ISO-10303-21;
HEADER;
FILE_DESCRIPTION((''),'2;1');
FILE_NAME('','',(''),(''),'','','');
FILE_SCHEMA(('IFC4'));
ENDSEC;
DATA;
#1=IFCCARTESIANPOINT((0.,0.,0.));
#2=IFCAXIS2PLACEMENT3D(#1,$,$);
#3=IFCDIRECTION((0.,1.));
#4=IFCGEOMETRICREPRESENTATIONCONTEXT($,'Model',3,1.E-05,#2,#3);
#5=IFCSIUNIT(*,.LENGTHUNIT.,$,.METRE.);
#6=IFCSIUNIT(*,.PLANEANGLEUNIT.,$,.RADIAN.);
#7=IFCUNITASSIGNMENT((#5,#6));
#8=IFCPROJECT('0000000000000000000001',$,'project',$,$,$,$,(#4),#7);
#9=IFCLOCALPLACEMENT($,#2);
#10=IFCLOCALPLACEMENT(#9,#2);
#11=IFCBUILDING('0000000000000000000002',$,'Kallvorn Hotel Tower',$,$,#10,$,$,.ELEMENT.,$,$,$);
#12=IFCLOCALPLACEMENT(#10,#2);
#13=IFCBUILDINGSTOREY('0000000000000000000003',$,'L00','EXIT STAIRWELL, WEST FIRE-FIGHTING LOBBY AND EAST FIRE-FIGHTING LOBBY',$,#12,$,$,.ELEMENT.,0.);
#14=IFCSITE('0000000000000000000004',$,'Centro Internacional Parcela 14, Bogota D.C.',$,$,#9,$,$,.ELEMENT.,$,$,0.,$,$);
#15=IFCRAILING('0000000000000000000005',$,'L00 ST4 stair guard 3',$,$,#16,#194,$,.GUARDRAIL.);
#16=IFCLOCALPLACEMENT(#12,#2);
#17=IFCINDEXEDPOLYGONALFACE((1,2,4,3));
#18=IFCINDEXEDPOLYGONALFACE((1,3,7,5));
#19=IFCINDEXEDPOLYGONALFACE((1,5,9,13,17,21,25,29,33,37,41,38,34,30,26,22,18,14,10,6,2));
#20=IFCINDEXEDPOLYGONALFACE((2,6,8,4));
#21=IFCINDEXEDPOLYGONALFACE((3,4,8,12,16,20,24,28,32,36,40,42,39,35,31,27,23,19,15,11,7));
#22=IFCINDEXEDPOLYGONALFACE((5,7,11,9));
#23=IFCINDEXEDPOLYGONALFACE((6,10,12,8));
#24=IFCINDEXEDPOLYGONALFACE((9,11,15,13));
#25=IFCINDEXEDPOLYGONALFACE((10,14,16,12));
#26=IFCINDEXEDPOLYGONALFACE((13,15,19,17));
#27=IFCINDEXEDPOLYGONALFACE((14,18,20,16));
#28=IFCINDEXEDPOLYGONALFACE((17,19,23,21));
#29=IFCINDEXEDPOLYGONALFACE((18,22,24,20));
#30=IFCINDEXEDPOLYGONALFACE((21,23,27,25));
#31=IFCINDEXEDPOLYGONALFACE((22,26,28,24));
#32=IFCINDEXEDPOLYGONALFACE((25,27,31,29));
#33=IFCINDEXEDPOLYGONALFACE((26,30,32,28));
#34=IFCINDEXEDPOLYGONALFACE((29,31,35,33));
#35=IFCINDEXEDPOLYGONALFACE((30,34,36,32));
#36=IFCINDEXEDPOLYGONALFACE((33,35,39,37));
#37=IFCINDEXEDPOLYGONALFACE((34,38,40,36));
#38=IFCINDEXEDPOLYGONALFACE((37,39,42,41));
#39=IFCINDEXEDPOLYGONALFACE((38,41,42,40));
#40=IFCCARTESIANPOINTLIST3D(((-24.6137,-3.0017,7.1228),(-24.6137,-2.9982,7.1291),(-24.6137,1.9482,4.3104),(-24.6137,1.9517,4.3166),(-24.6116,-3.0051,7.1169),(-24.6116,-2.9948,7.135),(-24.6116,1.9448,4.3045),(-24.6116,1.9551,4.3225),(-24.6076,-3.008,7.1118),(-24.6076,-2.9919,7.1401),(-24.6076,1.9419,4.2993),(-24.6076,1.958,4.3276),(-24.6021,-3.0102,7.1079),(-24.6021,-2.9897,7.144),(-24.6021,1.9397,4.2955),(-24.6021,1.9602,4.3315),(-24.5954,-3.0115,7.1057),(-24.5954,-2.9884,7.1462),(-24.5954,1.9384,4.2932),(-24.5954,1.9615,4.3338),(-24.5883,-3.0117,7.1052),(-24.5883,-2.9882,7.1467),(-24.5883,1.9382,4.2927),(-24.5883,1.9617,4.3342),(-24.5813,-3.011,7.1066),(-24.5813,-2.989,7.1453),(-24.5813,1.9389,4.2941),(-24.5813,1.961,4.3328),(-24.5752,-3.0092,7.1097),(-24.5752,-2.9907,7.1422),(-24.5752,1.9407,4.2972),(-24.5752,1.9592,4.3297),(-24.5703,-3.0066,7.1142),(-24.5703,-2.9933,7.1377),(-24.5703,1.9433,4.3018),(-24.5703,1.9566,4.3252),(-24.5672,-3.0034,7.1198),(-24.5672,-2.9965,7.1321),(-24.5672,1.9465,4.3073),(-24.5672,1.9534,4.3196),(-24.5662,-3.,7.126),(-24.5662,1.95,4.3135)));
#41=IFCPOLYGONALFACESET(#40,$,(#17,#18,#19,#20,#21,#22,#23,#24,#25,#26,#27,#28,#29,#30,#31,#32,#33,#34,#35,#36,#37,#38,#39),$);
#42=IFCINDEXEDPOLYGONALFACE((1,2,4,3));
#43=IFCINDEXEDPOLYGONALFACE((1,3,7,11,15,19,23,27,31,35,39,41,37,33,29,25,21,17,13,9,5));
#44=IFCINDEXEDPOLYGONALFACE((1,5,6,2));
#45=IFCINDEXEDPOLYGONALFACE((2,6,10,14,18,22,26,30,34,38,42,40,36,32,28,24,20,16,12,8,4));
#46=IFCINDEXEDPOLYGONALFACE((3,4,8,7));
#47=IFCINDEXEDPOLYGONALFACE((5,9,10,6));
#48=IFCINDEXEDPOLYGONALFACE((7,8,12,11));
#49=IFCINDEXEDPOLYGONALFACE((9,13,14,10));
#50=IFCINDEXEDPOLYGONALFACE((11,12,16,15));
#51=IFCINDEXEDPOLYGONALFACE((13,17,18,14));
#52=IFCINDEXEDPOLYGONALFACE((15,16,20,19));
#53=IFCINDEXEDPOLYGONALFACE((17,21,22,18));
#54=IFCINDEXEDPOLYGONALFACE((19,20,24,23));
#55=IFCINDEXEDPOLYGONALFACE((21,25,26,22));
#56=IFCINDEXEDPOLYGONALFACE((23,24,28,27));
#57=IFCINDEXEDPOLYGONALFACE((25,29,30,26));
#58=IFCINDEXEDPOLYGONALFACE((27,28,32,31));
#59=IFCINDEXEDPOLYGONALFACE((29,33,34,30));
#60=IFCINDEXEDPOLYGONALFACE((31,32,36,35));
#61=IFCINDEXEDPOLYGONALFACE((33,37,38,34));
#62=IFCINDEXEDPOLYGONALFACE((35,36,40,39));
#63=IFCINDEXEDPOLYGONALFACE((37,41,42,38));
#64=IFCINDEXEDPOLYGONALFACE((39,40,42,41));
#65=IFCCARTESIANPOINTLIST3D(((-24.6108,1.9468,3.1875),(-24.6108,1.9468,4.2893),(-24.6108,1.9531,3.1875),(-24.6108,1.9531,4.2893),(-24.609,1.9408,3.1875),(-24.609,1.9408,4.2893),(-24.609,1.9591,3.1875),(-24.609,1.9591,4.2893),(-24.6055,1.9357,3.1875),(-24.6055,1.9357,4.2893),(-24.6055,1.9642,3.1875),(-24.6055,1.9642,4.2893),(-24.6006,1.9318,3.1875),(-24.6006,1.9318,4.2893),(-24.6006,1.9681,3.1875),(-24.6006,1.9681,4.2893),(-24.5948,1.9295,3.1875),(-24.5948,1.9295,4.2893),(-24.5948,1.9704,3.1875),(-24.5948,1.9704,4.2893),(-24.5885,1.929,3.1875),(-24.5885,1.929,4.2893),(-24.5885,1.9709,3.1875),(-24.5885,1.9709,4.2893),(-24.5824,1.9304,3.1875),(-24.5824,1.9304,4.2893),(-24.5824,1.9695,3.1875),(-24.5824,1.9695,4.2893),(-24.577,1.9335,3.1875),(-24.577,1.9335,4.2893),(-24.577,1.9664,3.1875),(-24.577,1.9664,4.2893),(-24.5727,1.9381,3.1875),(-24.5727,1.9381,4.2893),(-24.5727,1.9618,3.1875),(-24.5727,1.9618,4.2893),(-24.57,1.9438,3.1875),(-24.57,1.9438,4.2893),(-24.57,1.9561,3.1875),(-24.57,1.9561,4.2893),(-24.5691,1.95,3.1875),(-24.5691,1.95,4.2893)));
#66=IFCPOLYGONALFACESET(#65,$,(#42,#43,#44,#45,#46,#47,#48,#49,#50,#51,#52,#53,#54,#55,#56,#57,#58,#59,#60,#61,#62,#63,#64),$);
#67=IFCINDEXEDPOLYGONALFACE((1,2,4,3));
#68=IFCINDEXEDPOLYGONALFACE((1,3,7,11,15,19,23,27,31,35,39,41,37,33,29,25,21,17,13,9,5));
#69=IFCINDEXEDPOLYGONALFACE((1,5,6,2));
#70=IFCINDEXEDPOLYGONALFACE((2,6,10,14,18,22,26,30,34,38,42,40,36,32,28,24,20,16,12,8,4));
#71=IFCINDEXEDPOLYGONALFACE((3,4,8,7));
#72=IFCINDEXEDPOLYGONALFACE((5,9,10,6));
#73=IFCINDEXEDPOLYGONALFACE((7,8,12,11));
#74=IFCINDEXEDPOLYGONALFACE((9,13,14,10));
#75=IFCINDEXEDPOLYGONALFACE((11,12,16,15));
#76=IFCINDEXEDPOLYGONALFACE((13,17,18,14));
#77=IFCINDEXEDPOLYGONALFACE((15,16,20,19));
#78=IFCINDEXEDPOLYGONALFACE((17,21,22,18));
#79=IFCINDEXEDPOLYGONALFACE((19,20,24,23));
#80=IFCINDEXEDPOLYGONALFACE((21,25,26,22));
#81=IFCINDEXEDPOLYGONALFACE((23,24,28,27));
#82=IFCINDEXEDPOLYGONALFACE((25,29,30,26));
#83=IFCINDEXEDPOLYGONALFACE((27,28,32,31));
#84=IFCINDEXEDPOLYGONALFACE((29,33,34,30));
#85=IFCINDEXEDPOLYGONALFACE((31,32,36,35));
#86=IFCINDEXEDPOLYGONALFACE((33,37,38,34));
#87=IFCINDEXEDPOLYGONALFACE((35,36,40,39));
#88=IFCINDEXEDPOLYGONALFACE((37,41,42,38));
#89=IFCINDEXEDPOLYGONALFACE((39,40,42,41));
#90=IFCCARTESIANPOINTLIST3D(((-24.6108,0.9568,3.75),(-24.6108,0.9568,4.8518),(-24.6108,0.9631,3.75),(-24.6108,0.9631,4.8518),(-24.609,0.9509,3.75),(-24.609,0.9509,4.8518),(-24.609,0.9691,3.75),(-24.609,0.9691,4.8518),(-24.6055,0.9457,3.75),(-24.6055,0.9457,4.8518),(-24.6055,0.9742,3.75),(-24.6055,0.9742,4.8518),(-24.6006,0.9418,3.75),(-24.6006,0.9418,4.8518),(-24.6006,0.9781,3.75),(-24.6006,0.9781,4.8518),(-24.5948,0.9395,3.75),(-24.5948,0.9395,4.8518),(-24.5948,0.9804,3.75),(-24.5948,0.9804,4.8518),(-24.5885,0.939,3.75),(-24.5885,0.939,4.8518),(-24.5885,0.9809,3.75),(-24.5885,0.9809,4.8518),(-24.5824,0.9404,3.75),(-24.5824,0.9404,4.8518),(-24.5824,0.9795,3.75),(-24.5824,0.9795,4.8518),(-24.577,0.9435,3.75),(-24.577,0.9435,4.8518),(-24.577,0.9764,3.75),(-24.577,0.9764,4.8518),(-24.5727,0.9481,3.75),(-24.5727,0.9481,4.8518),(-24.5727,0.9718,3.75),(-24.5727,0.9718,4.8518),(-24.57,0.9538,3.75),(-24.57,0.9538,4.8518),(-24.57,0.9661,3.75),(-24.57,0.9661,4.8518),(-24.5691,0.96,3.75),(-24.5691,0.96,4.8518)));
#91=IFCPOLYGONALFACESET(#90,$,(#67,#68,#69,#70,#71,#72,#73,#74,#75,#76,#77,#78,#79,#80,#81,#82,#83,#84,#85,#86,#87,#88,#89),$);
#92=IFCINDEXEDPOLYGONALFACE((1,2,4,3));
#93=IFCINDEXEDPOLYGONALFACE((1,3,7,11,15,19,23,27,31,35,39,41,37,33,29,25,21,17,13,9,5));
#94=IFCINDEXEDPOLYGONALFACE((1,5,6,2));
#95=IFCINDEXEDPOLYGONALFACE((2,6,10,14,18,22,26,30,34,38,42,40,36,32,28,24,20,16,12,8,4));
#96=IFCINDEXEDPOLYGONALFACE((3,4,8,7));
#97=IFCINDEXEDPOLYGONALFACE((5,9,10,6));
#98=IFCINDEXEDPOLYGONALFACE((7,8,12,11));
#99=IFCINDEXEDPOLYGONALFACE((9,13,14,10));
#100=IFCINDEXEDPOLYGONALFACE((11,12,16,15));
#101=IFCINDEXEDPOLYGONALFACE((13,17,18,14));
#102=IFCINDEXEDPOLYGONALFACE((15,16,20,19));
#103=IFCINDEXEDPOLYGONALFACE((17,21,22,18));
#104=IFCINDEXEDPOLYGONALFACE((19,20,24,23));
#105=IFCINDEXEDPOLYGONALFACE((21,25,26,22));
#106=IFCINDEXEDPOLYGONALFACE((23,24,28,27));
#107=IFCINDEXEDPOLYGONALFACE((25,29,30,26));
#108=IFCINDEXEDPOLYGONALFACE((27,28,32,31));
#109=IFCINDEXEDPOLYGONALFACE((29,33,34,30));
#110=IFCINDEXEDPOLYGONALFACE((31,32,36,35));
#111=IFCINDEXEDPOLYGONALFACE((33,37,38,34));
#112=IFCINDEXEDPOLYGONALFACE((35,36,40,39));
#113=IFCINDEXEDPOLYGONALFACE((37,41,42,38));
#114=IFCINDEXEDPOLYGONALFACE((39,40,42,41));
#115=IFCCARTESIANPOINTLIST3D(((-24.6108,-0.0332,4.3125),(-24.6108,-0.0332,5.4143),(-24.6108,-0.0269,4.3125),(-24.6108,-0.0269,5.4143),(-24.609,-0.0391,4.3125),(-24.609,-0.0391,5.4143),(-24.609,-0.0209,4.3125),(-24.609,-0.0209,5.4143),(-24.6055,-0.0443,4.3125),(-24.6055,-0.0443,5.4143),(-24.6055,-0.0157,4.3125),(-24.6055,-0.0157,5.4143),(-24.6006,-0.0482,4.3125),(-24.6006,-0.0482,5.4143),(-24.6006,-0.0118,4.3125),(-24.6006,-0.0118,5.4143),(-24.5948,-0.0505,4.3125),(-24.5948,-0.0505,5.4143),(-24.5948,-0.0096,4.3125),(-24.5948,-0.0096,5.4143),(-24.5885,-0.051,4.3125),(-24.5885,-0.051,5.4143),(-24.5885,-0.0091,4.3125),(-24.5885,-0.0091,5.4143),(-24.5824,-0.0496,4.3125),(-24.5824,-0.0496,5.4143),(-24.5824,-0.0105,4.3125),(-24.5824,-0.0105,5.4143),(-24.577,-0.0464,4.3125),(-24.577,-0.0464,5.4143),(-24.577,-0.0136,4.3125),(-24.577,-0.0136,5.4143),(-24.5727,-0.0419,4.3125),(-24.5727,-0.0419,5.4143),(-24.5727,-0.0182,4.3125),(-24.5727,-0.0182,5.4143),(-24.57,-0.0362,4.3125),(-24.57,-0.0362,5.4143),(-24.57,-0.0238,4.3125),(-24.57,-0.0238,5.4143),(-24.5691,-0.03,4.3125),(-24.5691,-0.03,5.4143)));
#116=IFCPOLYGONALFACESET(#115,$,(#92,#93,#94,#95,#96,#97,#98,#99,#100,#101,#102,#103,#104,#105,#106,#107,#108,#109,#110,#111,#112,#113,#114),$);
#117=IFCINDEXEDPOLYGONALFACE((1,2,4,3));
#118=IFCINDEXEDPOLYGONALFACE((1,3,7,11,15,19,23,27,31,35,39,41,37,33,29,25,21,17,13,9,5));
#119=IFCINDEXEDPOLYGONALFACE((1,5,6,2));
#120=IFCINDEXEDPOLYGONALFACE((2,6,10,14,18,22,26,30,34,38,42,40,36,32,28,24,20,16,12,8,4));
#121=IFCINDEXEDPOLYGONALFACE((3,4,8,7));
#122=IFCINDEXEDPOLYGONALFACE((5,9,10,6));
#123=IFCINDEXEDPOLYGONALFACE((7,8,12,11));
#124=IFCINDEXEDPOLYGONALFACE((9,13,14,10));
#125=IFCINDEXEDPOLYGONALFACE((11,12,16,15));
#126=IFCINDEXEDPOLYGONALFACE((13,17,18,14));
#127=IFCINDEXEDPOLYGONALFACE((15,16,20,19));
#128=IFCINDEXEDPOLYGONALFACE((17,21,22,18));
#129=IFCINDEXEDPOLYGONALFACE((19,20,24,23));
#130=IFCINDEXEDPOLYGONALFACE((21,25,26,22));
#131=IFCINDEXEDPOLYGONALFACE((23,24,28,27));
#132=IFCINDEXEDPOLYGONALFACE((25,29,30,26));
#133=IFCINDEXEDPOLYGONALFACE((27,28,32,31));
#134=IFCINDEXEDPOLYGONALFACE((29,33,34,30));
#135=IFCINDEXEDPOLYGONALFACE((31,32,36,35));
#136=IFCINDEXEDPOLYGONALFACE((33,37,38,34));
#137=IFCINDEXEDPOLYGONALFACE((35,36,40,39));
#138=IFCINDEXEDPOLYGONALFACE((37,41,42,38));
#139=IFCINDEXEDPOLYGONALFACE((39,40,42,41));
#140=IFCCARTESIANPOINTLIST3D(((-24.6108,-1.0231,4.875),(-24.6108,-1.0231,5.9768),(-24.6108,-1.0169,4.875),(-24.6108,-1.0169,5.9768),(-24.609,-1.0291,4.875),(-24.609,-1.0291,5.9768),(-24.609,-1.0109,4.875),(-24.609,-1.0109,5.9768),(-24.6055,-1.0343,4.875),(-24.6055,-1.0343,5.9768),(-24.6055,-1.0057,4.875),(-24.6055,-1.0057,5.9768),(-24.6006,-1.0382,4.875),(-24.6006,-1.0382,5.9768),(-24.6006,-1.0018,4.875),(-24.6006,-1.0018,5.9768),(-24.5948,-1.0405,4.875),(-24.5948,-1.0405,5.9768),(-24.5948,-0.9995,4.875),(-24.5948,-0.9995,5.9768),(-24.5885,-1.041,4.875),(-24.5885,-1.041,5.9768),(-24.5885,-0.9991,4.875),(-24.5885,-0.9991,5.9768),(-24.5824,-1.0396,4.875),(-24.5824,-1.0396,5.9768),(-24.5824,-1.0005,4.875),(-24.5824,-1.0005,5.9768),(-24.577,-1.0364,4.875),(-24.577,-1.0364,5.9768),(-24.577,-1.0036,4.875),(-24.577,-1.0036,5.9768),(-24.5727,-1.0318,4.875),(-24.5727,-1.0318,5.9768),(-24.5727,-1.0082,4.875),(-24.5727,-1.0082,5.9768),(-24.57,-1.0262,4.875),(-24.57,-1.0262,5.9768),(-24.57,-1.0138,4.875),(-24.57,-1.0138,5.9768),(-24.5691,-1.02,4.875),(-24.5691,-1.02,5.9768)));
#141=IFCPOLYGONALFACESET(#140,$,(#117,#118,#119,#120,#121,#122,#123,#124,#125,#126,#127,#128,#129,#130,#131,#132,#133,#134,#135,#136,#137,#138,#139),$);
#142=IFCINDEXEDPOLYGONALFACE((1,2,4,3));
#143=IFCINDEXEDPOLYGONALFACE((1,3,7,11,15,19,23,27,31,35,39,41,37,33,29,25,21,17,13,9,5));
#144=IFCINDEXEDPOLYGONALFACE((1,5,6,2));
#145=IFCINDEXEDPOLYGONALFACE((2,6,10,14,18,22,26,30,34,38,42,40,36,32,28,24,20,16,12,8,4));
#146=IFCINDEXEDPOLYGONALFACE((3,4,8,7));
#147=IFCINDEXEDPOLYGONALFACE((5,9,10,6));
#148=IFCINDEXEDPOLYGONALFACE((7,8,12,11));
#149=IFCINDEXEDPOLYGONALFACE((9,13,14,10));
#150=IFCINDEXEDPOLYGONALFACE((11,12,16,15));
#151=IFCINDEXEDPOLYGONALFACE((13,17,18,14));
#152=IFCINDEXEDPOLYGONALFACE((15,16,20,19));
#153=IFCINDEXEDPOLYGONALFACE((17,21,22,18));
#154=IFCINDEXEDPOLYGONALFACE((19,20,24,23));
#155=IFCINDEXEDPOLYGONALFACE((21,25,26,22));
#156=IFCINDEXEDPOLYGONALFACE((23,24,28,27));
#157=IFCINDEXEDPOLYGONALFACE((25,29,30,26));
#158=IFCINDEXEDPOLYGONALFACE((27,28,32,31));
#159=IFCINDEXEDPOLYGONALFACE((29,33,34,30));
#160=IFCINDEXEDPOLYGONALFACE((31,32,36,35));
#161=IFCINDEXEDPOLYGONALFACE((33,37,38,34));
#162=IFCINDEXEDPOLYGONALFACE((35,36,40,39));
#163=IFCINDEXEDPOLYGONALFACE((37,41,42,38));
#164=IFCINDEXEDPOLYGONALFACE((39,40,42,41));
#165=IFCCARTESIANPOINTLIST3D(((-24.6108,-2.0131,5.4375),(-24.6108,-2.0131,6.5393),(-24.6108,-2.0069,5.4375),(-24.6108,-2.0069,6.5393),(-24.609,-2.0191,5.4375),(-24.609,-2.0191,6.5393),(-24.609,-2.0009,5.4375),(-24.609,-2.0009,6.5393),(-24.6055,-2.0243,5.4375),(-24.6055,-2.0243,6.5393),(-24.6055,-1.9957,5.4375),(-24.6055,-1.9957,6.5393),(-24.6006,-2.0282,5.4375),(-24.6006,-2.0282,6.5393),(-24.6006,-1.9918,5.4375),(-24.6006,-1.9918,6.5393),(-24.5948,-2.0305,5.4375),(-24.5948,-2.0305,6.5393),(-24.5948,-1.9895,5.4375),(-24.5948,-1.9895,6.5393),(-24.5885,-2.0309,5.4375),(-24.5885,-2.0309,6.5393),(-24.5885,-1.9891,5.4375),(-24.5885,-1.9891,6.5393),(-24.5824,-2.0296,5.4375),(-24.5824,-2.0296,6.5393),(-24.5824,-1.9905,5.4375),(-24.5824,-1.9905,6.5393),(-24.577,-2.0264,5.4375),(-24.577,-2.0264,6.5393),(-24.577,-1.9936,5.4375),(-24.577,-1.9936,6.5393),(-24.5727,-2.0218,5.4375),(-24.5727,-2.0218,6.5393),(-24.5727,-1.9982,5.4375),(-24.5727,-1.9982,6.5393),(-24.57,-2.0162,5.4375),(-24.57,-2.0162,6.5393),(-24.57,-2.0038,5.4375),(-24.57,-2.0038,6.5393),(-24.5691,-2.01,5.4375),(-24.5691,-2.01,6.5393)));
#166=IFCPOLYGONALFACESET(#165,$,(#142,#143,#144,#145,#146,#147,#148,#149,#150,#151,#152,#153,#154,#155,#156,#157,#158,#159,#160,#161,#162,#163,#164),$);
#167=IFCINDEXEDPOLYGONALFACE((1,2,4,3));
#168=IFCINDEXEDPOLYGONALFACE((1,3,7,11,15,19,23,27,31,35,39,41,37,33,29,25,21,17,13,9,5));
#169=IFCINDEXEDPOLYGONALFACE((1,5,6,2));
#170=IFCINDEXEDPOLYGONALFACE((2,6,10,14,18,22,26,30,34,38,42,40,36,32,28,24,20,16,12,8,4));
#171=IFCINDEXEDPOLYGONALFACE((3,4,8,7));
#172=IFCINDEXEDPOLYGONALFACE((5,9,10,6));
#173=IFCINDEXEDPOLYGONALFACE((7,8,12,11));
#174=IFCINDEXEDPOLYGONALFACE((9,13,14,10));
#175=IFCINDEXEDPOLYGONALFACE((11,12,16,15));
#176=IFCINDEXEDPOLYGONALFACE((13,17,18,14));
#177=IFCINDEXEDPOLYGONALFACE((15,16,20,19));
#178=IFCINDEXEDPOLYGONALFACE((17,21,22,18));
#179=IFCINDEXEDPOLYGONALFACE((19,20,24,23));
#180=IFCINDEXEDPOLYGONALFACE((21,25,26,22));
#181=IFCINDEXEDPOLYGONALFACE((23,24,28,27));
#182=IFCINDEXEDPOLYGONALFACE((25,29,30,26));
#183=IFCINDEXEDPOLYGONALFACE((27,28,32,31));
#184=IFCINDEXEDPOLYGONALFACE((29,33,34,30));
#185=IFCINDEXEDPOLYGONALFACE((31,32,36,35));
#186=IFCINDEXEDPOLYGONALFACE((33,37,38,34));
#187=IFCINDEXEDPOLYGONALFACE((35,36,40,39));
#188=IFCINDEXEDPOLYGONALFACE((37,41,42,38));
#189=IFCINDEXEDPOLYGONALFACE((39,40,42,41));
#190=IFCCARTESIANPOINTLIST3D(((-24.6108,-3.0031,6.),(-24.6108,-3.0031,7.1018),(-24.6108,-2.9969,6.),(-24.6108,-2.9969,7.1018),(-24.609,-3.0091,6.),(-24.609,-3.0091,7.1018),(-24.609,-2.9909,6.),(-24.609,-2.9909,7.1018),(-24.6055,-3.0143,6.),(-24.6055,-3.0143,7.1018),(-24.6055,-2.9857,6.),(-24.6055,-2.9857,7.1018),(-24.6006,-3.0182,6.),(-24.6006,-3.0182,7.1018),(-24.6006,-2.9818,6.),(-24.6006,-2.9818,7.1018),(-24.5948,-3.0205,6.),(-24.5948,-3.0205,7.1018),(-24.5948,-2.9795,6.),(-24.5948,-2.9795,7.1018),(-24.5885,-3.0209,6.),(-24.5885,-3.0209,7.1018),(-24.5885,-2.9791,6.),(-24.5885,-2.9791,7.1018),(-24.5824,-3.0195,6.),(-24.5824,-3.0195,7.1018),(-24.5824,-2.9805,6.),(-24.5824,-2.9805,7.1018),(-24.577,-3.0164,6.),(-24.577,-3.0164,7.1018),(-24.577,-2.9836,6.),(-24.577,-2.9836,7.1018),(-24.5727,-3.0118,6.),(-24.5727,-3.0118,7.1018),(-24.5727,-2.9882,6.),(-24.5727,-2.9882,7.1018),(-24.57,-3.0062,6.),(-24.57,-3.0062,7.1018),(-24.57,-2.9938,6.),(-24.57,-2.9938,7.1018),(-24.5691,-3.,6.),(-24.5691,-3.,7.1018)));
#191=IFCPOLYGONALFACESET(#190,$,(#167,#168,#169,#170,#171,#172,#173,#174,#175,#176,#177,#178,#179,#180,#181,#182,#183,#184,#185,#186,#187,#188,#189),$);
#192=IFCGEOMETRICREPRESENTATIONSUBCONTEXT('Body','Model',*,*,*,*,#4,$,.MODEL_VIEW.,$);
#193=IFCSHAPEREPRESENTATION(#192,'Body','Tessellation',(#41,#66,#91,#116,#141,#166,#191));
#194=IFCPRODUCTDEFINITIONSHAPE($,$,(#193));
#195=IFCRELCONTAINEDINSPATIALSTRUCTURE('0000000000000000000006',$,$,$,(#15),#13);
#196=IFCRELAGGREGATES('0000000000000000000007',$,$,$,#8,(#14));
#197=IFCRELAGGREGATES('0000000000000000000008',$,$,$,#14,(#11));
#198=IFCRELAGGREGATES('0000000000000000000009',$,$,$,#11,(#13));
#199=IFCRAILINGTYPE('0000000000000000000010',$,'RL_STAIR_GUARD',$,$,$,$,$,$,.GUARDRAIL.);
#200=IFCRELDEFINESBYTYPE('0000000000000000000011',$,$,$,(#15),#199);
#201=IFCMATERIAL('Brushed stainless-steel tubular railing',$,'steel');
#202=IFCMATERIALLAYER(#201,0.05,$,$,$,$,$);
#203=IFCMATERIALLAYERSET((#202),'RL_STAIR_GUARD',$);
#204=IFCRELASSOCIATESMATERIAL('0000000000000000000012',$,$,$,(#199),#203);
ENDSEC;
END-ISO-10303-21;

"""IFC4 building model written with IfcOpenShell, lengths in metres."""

from ifc_helpers import new_model, si_unit, direction, frame, origin, origin_2d, place, context, subcontext, project, spatial, circle, extrude, material, layer, layer_set, type_object, element, save


model = new_model("IFC4")

# Units and contexts
model_context = context("Model", 3, precision=1e-05, world=origin(), true_north=direction((0.0, 1.0)))
body_context = subcontext(model_context, "Body", "Model", "MODEL_VIEW")
ifc_project = project(units=[si_unit("LENGTHUNIT", "METRE"), si_unit("PLANEANGLEUNIT", "RADIAN")], contexts=[model_context])

# Site, building, storey
site_placement = place(None, origin())
site = spatial("IfcSite", under=ifc_project, at=site_placement, Name="Centro Internacional Parcela 14, Bogota D.C.", CompositionType="ELEMENT", RefElevation=0.0)
building_placement = place(site_placement, origin())
building = spatial("IfcBuilding", under=site, at=building_placement, Name="Kallvorn Hotel Tower", CompositionType="ELEMENT")
storey_placement = place(building_placement, origin())
storey = spatial("IfcBuildingStorey", under=building, at=storey_placement, Name="L00", Description="EXIT STAIRWELL, WEST FIRE-FIGHTING LOBBY AND EAST FIRE-FIGHTING LOBBY", CompositionType="ELEMENT", Elevation=0.0)

# Railing
ifc_material_1 = material(Name="Brushed stainless-steel tubular railing", Category="steel")
ifc_layer_1 = layer(ifc_material_1, 0.05)
ifc_layer_set_1 = layer_set([ifc_layer_1], Name="RL_STAIR_GUARD")
railing_type_1 = type_object("IfcRailingType", Name="RL_STAIR_GUARD", PredefinedType="GUARDRAIL", material=ifc_layer_set_1)
railing_1_placement = place(storey_placement, frame((-24.5901, 1.95, 3.1875)))
element("IfcRailing", 1, at=railing_1_placement, inside=storey, type_object=railing_type_1, Name="L00 ST4 stair guard 3", PredefinedType="GUARDRAIL", context=body_context, shape_type="SweptSolid", body=[
    extrude(circle(Radius=0.0239, at=origin_2d()), frame((0.0, 0.0, 1.126), z_axis=(0.0, -0.869454, 0.494013), x_axis=(1.0, 0.0, 0.0)), (0.0, 0.0, 1.0), 5.6931),
    extrude(circle(Radius=0.021, at=origin_2d()), origin(), (0.0, 0.0, 1.0), 1.1018),
    extrude(circle(Radius=0.021, at=origin_2d()), frame((0.0, -0.99, 0.5625)), (0.0, 0.0, 1.0), 1.1018),
    extrude(circle(Radius=0.021, at=origin_2d()), frame((0.0, -1.98, 1.125)), (0.0, 0.0, 1.0), 1.1018),
    extrude(circle(Radius=0.021, at=origin_2d()), frame((0.0, -2.97, 1.6875)), (0.0, 0.0, 1.0), 1.1018),
    extrude(circle(Radius=0.021, at=origin_2d()), frame((0.0, -3.96, 2.25)), (0.0, 0.0, 1.0), 1.1018),
    extrude(circle(Radius=0.021, at=origin_2d()), frame((0.0, -4.95, 2.8125)), (0.0, 0.0, 1.0), 1.1018),
])

save(model, "model.ifc")
